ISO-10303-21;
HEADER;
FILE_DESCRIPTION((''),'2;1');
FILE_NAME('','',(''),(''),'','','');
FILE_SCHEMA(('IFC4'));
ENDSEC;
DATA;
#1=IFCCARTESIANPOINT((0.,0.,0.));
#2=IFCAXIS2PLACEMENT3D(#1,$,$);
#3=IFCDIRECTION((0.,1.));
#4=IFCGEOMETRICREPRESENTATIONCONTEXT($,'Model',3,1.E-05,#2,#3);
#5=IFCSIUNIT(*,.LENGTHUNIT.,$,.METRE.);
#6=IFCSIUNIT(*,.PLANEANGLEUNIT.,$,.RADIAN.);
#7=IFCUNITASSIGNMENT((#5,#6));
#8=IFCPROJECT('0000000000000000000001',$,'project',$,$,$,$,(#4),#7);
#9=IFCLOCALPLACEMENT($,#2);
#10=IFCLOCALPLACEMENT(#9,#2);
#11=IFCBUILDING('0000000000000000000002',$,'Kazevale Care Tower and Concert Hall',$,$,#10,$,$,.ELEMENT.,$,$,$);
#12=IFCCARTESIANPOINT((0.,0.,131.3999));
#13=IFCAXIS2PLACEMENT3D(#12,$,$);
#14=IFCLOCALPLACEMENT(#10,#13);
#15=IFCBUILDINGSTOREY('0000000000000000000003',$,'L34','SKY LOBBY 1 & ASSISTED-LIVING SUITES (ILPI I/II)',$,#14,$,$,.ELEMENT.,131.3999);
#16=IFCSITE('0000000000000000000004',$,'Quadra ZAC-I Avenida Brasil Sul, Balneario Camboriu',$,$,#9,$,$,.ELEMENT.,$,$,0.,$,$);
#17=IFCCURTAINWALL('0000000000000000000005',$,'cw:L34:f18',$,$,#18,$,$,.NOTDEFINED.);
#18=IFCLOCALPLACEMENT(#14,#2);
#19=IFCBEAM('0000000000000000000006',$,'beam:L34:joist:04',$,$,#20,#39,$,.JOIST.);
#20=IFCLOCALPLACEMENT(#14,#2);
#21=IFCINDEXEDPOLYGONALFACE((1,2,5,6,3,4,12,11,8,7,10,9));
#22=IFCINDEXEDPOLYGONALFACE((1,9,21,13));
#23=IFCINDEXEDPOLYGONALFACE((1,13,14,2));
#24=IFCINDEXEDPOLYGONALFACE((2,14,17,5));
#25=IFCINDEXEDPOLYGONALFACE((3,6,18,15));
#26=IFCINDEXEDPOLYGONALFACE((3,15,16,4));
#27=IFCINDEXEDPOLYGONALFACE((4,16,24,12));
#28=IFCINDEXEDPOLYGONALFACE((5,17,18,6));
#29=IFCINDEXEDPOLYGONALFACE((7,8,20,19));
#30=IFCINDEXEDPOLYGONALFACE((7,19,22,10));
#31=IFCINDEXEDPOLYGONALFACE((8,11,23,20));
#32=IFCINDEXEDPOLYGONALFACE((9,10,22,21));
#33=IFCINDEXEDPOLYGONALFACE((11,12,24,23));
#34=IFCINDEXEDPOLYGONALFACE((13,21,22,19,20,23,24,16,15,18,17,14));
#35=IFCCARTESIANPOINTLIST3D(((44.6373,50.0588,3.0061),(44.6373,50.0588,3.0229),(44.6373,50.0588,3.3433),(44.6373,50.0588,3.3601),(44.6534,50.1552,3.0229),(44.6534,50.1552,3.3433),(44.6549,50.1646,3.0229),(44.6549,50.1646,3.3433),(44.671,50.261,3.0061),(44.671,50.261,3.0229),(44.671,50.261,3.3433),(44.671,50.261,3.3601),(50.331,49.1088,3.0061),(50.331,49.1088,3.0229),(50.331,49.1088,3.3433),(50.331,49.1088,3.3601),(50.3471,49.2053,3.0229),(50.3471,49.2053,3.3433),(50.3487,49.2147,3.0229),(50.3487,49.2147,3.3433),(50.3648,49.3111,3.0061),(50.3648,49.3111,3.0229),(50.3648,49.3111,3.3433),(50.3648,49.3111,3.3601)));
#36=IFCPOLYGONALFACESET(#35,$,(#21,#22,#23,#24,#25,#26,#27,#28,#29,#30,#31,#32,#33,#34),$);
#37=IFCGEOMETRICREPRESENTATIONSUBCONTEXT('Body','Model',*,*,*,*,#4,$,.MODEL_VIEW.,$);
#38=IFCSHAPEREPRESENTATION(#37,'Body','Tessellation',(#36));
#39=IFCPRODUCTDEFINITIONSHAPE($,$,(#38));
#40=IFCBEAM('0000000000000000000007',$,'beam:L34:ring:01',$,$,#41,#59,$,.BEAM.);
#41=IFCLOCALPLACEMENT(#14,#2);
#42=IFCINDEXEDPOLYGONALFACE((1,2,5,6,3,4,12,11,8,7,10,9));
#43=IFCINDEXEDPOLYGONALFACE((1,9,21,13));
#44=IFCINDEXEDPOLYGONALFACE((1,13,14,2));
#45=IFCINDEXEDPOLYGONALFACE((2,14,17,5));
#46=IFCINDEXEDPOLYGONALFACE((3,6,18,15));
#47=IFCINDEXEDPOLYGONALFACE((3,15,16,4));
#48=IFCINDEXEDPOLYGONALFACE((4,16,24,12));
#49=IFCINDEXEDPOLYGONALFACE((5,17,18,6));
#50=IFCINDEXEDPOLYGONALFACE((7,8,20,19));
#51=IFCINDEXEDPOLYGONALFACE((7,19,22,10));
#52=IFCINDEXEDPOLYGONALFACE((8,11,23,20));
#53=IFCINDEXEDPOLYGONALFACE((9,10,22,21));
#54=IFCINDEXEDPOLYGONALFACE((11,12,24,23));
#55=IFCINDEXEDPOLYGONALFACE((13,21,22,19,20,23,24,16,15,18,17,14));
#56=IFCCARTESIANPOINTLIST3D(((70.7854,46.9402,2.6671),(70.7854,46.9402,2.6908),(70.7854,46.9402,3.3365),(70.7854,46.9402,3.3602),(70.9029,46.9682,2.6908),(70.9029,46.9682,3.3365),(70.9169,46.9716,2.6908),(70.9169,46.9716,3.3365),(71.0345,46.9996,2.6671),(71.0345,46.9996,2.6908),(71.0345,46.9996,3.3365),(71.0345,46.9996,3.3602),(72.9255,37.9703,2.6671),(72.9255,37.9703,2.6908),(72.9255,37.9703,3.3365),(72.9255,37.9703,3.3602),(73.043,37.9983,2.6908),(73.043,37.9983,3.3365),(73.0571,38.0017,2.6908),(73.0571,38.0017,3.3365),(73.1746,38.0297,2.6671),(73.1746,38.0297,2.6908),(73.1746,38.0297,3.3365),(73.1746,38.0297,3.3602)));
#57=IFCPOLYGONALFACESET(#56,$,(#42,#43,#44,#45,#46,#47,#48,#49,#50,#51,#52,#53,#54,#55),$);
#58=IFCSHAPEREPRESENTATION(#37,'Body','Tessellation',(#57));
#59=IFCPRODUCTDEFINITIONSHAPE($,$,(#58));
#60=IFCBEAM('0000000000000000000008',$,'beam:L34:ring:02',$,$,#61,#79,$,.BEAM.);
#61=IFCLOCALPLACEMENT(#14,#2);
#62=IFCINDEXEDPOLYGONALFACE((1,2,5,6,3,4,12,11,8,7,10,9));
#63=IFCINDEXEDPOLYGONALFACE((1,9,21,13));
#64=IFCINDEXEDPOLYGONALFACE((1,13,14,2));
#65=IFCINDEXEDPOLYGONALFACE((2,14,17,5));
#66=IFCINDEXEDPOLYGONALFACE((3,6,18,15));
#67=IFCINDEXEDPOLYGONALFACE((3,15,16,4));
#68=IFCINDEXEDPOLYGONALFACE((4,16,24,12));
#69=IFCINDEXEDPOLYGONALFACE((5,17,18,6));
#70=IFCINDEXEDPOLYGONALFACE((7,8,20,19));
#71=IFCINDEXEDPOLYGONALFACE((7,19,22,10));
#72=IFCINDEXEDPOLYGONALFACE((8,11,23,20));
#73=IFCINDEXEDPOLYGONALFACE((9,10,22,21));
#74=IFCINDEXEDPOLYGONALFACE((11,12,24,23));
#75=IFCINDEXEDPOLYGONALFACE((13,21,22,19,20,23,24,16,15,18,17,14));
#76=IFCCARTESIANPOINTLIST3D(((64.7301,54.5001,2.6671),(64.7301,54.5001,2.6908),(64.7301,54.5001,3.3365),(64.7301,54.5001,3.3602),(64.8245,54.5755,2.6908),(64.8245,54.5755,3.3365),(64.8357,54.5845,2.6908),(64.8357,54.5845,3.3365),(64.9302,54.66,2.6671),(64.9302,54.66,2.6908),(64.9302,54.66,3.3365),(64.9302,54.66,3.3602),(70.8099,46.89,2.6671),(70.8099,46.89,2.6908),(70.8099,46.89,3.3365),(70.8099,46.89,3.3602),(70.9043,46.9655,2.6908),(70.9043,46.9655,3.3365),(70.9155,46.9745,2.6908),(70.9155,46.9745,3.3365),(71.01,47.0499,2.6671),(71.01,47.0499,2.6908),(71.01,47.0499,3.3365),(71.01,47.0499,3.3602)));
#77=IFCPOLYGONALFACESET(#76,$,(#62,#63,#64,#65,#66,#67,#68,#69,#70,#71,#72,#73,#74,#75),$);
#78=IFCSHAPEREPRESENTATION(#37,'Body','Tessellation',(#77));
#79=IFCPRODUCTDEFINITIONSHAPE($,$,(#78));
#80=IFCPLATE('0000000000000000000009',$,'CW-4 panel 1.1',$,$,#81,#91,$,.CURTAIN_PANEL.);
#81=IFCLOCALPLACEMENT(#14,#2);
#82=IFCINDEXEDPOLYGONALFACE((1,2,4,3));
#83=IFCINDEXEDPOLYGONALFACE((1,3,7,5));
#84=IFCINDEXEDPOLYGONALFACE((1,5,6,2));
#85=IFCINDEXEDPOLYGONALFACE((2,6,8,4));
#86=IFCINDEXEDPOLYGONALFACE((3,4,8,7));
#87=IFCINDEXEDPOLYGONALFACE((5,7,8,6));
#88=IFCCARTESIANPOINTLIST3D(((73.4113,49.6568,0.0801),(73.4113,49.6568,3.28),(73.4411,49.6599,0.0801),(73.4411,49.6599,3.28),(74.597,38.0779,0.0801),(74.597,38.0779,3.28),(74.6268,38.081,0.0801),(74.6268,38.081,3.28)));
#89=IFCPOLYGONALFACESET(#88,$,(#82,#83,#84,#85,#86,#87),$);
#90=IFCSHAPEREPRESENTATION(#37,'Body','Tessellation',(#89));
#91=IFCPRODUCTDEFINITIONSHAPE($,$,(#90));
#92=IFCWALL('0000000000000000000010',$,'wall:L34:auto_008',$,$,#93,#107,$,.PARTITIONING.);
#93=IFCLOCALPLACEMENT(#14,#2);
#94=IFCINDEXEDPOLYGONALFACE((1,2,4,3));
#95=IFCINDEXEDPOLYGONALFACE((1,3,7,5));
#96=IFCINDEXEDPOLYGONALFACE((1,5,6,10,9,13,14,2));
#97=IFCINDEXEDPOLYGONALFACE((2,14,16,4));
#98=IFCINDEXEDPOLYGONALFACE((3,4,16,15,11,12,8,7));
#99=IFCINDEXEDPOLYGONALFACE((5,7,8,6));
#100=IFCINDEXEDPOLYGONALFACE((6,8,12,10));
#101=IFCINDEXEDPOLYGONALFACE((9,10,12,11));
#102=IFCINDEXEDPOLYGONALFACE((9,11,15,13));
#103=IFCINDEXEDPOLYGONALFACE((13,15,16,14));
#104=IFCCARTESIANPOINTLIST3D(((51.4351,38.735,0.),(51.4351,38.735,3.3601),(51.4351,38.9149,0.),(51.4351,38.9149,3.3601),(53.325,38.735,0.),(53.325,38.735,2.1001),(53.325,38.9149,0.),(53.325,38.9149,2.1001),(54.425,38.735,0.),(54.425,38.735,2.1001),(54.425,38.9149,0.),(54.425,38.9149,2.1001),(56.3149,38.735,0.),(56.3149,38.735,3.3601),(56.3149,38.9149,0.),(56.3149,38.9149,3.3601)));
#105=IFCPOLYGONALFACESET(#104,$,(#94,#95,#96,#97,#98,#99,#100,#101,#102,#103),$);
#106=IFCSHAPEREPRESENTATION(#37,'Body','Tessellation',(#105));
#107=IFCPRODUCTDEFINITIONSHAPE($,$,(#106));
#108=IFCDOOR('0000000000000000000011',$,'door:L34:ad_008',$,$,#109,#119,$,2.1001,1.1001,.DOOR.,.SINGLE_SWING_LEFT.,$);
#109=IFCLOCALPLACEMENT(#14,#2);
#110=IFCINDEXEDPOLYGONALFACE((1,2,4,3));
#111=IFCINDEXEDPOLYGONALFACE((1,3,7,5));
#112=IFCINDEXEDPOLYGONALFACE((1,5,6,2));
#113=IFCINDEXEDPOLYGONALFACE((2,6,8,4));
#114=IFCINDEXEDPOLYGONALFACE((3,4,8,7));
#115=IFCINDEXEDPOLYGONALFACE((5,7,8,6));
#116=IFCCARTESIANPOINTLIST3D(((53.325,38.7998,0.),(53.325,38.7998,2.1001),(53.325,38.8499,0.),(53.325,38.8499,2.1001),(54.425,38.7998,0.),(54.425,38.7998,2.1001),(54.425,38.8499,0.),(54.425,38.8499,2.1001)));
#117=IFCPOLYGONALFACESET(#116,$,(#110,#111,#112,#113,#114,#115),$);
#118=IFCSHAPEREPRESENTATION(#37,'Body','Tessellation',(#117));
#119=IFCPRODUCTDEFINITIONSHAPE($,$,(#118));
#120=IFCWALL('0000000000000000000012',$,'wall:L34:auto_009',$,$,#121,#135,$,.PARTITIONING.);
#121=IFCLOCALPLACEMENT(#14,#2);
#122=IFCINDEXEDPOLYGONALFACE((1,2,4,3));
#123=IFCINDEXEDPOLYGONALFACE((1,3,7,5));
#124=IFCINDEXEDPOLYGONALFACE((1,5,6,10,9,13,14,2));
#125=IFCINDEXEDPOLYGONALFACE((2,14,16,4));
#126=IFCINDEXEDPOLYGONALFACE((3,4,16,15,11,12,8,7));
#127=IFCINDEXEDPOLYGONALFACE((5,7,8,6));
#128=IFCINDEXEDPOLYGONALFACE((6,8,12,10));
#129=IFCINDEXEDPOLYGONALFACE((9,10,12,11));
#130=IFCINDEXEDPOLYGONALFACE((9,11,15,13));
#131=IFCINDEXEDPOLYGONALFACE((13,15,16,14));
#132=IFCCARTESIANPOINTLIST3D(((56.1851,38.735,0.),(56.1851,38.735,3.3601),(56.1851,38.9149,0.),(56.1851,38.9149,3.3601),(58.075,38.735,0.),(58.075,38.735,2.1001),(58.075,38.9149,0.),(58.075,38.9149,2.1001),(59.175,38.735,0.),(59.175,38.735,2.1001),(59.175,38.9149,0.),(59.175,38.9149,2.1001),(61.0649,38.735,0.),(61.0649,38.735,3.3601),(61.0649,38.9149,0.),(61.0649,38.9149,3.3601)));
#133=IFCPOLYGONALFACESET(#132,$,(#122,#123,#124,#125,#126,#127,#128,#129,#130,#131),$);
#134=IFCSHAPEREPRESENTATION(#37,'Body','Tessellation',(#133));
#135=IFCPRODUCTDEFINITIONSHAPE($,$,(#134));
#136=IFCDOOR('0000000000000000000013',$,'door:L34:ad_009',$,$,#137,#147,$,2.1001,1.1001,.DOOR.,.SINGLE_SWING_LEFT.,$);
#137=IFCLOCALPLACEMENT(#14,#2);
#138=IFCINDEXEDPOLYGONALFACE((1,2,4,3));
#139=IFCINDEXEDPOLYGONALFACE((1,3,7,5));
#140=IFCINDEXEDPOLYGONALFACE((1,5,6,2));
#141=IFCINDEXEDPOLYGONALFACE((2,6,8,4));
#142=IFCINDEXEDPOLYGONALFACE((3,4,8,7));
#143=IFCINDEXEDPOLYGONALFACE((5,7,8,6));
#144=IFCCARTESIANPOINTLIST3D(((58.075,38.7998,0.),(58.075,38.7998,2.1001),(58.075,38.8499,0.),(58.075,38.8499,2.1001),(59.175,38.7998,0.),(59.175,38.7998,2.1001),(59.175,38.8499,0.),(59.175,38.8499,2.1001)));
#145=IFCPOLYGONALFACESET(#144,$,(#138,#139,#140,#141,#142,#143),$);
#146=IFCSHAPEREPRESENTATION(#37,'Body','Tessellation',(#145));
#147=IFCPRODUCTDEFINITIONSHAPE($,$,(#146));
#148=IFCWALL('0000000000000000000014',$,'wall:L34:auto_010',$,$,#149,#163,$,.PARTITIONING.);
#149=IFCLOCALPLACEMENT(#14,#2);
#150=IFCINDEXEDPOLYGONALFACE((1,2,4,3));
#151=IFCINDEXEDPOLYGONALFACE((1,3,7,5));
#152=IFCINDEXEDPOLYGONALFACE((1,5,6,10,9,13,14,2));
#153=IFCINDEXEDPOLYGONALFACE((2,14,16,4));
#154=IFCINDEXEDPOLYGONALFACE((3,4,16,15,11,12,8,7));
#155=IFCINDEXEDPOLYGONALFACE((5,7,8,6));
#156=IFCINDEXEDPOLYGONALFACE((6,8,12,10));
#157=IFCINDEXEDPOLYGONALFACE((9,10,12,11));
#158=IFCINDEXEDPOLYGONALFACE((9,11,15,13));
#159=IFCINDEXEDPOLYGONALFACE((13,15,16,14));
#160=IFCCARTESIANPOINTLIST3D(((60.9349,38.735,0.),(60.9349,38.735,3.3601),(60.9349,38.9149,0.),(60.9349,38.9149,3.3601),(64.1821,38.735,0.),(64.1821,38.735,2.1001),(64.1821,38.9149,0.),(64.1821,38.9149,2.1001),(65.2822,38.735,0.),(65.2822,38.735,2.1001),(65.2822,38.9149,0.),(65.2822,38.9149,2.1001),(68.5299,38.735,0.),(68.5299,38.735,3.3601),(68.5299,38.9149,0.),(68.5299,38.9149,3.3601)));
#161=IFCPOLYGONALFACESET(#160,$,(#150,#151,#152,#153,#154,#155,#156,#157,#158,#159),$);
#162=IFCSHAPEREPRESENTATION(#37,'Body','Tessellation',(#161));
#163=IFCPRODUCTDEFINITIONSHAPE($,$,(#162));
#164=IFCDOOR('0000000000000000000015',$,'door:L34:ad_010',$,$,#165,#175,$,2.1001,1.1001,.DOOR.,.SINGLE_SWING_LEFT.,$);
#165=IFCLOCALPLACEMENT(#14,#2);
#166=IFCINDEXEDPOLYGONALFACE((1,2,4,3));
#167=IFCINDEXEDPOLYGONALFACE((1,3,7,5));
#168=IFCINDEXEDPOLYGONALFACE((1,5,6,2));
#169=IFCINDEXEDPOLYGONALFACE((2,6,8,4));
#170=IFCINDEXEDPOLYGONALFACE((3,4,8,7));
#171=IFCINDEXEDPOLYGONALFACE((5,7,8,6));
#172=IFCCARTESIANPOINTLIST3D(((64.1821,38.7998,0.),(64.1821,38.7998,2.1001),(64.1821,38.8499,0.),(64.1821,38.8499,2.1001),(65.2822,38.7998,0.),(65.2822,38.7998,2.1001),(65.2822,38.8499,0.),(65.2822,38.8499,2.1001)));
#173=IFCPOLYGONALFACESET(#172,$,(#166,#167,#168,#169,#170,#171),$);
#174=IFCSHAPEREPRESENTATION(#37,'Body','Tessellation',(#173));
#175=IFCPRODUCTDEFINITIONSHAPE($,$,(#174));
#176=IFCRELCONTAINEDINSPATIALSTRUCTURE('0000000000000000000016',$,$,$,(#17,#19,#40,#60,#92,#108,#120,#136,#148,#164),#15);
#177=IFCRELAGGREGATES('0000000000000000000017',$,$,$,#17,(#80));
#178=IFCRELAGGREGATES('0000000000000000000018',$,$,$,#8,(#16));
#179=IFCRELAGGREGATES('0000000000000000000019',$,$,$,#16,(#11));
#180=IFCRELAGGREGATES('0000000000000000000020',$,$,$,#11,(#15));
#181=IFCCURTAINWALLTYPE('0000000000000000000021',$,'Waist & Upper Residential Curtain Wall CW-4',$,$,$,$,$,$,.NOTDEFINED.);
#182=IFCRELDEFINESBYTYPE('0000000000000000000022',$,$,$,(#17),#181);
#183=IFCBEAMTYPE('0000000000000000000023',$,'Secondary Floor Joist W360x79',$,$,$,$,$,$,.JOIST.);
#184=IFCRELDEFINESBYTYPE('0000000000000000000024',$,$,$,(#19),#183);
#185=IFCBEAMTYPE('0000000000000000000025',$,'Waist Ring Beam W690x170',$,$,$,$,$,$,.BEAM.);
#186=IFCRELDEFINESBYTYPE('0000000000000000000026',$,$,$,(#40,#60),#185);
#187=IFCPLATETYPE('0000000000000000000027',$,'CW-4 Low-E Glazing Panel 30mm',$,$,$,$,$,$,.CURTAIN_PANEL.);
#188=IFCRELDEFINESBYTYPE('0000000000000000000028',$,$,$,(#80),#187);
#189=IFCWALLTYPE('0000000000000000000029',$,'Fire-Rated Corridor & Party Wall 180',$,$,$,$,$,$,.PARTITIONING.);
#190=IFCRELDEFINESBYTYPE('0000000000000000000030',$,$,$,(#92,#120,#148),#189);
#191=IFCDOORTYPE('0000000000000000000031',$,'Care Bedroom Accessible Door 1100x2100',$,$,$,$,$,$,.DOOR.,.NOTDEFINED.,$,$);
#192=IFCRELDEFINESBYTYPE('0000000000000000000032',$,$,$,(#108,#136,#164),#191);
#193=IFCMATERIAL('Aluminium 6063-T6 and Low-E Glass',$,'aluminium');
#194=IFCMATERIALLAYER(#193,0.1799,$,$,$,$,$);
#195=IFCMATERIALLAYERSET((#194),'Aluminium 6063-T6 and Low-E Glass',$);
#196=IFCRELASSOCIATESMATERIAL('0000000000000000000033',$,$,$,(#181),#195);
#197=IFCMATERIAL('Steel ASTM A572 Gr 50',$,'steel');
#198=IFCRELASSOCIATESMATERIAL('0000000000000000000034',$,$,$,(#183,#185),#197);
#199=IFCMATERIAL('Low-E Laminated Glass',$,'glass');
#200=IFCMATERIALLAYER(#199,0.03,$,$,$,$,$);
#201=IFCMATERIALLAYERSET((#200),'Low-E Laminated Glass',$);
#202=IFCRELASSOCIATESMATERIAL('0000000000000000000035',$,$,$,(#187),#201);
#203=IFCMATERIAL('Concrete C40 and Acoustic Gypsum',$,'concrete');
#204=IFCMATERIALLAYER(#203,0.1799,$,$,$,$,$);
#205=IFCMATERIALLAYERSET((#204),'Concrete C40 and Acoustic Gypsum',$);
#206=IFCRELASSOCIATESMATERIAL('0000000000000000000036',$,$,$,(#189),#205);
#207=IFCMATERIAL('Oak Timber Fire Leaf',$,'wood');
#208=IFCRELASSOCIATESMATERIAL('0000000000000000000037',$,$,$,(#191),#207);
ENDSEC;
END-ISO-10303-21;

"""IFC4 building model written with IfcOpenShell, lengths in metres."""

from ifc_helpers import new_model, si_unit, direction, frame, frame_2d, origin, origin_2d, place, context, subcontext, project, spatial, rectangle, i_section, extrude, material, layer, layer_set, material_profile, profile_set, type_object, element, fill, aggregate, save


model = new_model("IFC4")

# Units and contexts
model_context = context("Model", 3, precision=1e-05, world=origin(), true_north=direction((0.0, 1.0)))
body_context = subcontext(model_context, "Body", "Model", "MODEL_VIEW")
ifc_project = project(units=[si_unit("LENGTHUNIT", "METRE"), si_unit("PLANEANGLEUNIT", "RADIAN")], contexts=[model_context])

# Site, building, storey
site_placement = place(None, origin())
site = spatial("IfcSite", under=ifc_project, at=site_placement, Name="Quadra ZAC-I Avenida Brasil Sul, Balneario Camboriu", CompositionType="ELEMENT", RefElevation=0.0)
building_placement = place(site_placement, origin())
building = spatial("IfcBuilding", under=site, at=building_placement, Name="Kazevale Care Tower and Concert Hall", CompositionType="ELEMENT")
storey_placement = place(building_placement, frame((0.0, 0.0, 131.3999)))
storey = spatial("IfcBuildingStorey", under=building, at=storey_placement, Name="L34", Description="SKY LOBBY 1 & ASSISTED-LIVING SUITES (ILPI I/II)", CompositionType="ELEMENT", Elevation=131.3999)

# Curtain wall
ifc_material_1 = material(Name="Aluminium 6063-T6 and Low-E Glass", Category="aluminium")
ifc_layer_1 = layer(ifc_material_1, 0.1799)
ifc_layer_set_1 = layer_set([ifc_layer_1], Name="Aluminium 6063-T6 and Low-E Glass")
curtain_wall_type = type_object("IfcCurtainWallType", Name="Waist & Upper Residential Curtain Wall CW-4", PredefinedType="NOTDEFINED", material=ifc_layer_set_1)
curtain_wall_placement = place(storey_placement, origin())
curtain_wall = element("IfcCurtainWall", 1, at=curtain_wall_placement, inside=storey, type_object=curtain_wall_type, Name="cw:L34:f18", PredefinedType="NOTDEFINED")

# Beams
ifc_material_2 = material(Name="Steel ASTM A572 Gr 50", Category="steel")
ifc_material_profile_1 = material_profile(ifc_material_2, i_section(OverallWidth=0.2051, OverallDepth=0.354, WebThickness=0.0095, FlangeThickness=0.0168, at=origin_2d()), Name="W360x79")
ifc_profile_set_1 = profile_set([ifc_material_profile_1], Name="Steel ASTM A572 Gr 50")
beam_type_1 = type_object("IfcBeamType", Name="Secondary Floor Joist W360x79", PredefinedType="JOIST", material=ifc_profile_set_1)
beam_1_placement = place(storey_placement, frame((50.3479, 49.21, 3.1831), z_axis=(-0.986366, 0.164564, 0.0), x_axis=(-0.164564, -0.986366, 0.0)))
element("IfcBeam", 2, at=beam_1_placement, inside=storey, type_object=beam_type_1, Name="beam:L34:joist:04", PredefinedType="JOIST", context=body_context, shape_type="SweptSolid", body=[
    extrude(i_section(OverallWidth=0.2051, OverallDepth=0.354, WebThickness=0.0095, FlangeThickness=0.0168, at=origin_2d()), origin(), (0.0, 0.0, 1.0), 5.7725),
])
ifc_material_profile_2 = material_profile(ifc_material_2, i_section(OverallWidth=0.2561, OverallDepth=0.6931, WebThickness=0.0144, FlangeThickness=0.0237, at=origin_2d()), Name="W690x170")
ifc_profile_set_2 = profile_set([ifc_material_profile_2], Name="Steel ASTM A572 Gr 50")
beam_type_2 = type_object("IfcBeamType", Name="Waist Ring Beam W690x170", PredefinedType="BEAM", material=ifc_profile_set_2)
beam_2_placement = place(storey_placement, frame((73.05, 38.0, 3.0137), z_axis=(-0.232075, 0.972698, 0.0), x_axis=(-0.972698, -0.232075, 0.0)))
element("IfcBeam", 3, at=beam_2_placement, inside=storey, type_object=beam_type_2, Name="beam:L34:ring:01", PredefinedType="BEAM", context=body_context, shape_type="SweptSolid", body=[
    extrude(i_section(OverallWidth=0.2561, OverallDepth=0.6931, WebThickness=0.0144, FlangeThickness=0.0237, at=origin_2d()), origin(), (0.0, 0.0, 1.0), 9.2217),
])
beam_3_placement = place(storey_placement, frame((70.9099, 46.97, 3.0137), z_axis=(-0.624178, 0.781282, 0.0), x_axis=(-0.781282, -0.624178, 0.0)))
element("IfcBeam", 4, at=beam_3_placement, inside=storey, type_object=beam_type_2, Name="beam:L34:ring:02", PredefinedType="BEAM", context=body_context, shape_type="SweptSolid", body=[
    extrude(i_section(OverallWidth=0.2561, OverallDepth=0.6931, WebThickness=0.0144, FlangeThickness=0.0237, at=origin_2d()), origin(), (0.0, 0.0, 1.0), 9.7405),
])

# Plate
ifc_material_3 = material(Name="Low-E Laminated Glass", Category="glass")
ifc_layer_2 = layer(ifc_material_3, 0.03)
ifc_layer_set_2 = layer_set([ifc_layer_2], Name="Low-E Laminated Glass")
plate_type = type_object("IfcPlateType", Name="CW-4 Low-E Glazing Panel 30mm", PredefinedType="CURTAIN_PANEL", material=ifc_layer_set_2)
plate_placement = place(storey_placement, frame((74.019, 43.8689, 0.0801), z_axis=(0.0, 0.0, 1.0), x_axis=(0.10187, -0.994798, 0.0)))
plate = element("IfcPlate", 5, at=plate_placement, type_object=plate_type, Name="CW-4 panel 1.1", PredefinedType="CURTAIN_PANEL", context=body_context, shape_type="SweptSolid", body=[
    extrude(rectangle(XDim=11.6394, YDim=0.03, at=origin_2d()), origin(), (0.0, 0.0, 1.0), 3.2),
])
aggregate(curtain_wall, [plate])

# Walls, openings, doors
ifc_material_4 = material(Name="Concrete C40 and Acoustic Gypsum", Category="concrete")
ifc_layer_3 = layer(ifc_material_4, 0.1799)
ifc_layer_set_3 = layer_set([ifc_layer_3], Name="Concrete C40 and Acoustic Gypsum")
wall_type_1 = type_object("IfcWallType", Name="Fire-Rated Corridor & Party Wall 180", PredefinedType="PARTITIONING", material=ifc_layer_set_3)
wall_1_placement = place(storey_placement, frame((51.4351, 38.825, 0.0), z_axis=(0.0, 0.0, 1.0), x_axis=(1.0, 0.0, 0.0)))
wall_1 = element("IfcWall", 6, at=wall_1_placement, inside=storey, type_object=wall_type_1, Name="wall:L34:auto_008", PredefinedType="PARTITIONING", context=body_context, shape_type="SweptSolid", body=[
    extrude(rectangle(XDim=4.8799, YDim=0.1799, at=frame_2d((2.4399, 0.0))), origin(), (0.0, 0.0, 1.0), 3.3601),
])
opening_1_placement = place(wall_1_placement, frame((1.8899, 0.0, 0.0)))
opening_1 = element("IfcOpeningElement", 7, at=opening_1_placement, cuts=wall_1, PredefinedType="OPENING", context=body_context, shape_type="SweptSolid", body=[
    extrude(rectangle(XDim=1.1001, YDim=2.1001, at=frame_2d((0.55, 1.05))), frame((0.0, 0.0999, 0.0), z_axis=(0.0, -1.0, 0.0), x_axis=(1.0, 0.0, 0.0)), (0.0, 0.0, 1.0), 0.2),
])
ifc_material_5 = material(Name="Oak Timber Fire Leaf", Category="wood")
door_type = type_object("IfcDoorType", Name="Care Bedroom Accessible Door 1100x2100", OperationType="NOTDEFINED", PredefinedType="DOOR", material=ifc_material_5)
door_1_placement = place(opening_1_placement, origin())
door_1 = element("IfcDoor", 8, at=door_1_placement, inside=storey, type_object=door_type, Name="door:L34:ad_008", OperationType="SINGLE_SWING_LEFT", OverallHeight=2.1001, OverallWidth=1.1001, PredefinedType="DOOR", context=body_context, shape_type="SweptSolid", body=[
    extrude(rectangle(XDim=1.1001, YDim=2.1001, at=frame_2d((0.55, 1.05))), frame((0.0, 0.0249, 0.0), z_axis=(0.0, -1.0, 0.0), x_axis=(1.0, 0.0, 0.0)), (0.0, 0.0, 1.0), 0.05),
])
fill(opening_1, door_1)
wall_2_placement = place(storey_placement, frame((56.1851, 38.825, 0.0), z_axis=(0.0, 0.0, 1.0), x_axis=(1.0, 0.0, 0.0)))
wall_2 = element("IfcWall", 9, at=wall_2_placement, inside=storey, type_object=wall_type_1, Name="wall:L34:auto_009", PredefinedType="PARTITIONING", context=body_context, shape_type="SweptSolid", body=[
    extrude(rectangle(XDim=4.8799, YDim=0.1799, at=frame_2d((2.4399, 0.0))), origin(), (0.0, 0.0, 1.0), 3.3601),
])
opening_2_placement = place(wall_2_placement, frame((1.8899, 0.0, 0.0)))
opening_2 = element("IfcOpeningElement", 10, at=opening_2_placement, cuts=wall_2, PredefinedType="OPENING", context=body_context, shape_type="SweptSolid", body=[
    extrude(rectangle(XDim=1.1001, YDim=2.1001, at=frame_2d((0.55, 1.05))), frame((0.0, 0.0999, 0.0), z_axis=(0.0, -1.0, 0.0), x_axis=(1.0, 0.0, 0.0)), (0.0, 0.0, 1.0), 0.2),
])
door_2_placement = place(opening_2_placement, origin())
door_2 = element("IfcDoor", 11, at=door_2_placement, inside=storey, type_object=door_type, Name="door:L34:ad_009", OperationType="SINGLE_SWING_LEFT", OverallHeight=2.1001, OverallWidth=1.1001, PredefinedType="DOOR", context=body_context, shape_type="SweptSolid", body=[
    extrude(rectangle(XDim=1.1001, YDim=2.1001, at=frame_2d((0.55, 1.05))), frame((0.0, 0.0249, 0.0), z_axis=(0.0, -1.0, 0.0), x_axis=(1.0, 0.0, 0.0)), (0.0, 0.0, 1.0), 0.05),
])
fill(opening_2, door_2)
wall_3_placement = place(storey_placement, frame((60.9351, 38.825, 0.0), z_axis=(0.0, 0.0, 1.0), x_axis=(1.0, 0.0, 0.0)))
wall_3 = element("IfcWall", 12, at=wall_3_placement, inside=storey, type_object=wall_type_1, Name="wall:L34:auto_010", PredefinedType="PARTITIONING", context=body_context, shape_type="SweptSolid", body=[
    extrude(rectangle(XDim=7.595, YDim=0.1799, at=frame_2d((3.7974, 0.0))), origin(), (0.0, 0.0, 1.0), 3.3601),
])
opening_3_placement = place(wall_3_placement, frame((3.2471, 0.0, 0.0)))
opening_3 = element("IfcOpeningElement", 13, at=opening_3_placement, cuts=wall_3, PredefinedType="OPENING", context=body_context, shape_type="SweptSolid", body=[
    extrude(rectangle(XDim=1.1001, YDim=2.1001, at=frame_2d((0.55, 1.05))), frame((0.0, 0.0999, 0.0), z_axis=(0.0, -1.0, 0.0), x_axis=(1.0, 0.0, 0.0)), (0.0, 0.0, 1.0), 0.2),
])
door_3_placement = place(opening_3_placement, origin())
door_3 = element("IfcDoor", 14, at=door_3_placement, inside=storey, type_object=door_type, Name="door:L34:ad_010", OperationType="SINGLE_SWING_LEFT", OverallHeight=2.1001, OverallWidth=1.1001, PredefinedType="DOOR", context=body_context, shape_type="SweptSolid", body=[
    extrude(rectangle(XDim=1.1001, YDim=2.1001, at=frame_2d((0.55, 1.05))), frame((0.0, 0.0249, 0.0), z_axis=(0.0, -1.0, 0.0), x_axis=(1.0, 0.0, 0.0)), (0.0, 0.0, 1.0), 0.05),
])
fill(opening_3, door_3)

save(model, "model.ifc")
